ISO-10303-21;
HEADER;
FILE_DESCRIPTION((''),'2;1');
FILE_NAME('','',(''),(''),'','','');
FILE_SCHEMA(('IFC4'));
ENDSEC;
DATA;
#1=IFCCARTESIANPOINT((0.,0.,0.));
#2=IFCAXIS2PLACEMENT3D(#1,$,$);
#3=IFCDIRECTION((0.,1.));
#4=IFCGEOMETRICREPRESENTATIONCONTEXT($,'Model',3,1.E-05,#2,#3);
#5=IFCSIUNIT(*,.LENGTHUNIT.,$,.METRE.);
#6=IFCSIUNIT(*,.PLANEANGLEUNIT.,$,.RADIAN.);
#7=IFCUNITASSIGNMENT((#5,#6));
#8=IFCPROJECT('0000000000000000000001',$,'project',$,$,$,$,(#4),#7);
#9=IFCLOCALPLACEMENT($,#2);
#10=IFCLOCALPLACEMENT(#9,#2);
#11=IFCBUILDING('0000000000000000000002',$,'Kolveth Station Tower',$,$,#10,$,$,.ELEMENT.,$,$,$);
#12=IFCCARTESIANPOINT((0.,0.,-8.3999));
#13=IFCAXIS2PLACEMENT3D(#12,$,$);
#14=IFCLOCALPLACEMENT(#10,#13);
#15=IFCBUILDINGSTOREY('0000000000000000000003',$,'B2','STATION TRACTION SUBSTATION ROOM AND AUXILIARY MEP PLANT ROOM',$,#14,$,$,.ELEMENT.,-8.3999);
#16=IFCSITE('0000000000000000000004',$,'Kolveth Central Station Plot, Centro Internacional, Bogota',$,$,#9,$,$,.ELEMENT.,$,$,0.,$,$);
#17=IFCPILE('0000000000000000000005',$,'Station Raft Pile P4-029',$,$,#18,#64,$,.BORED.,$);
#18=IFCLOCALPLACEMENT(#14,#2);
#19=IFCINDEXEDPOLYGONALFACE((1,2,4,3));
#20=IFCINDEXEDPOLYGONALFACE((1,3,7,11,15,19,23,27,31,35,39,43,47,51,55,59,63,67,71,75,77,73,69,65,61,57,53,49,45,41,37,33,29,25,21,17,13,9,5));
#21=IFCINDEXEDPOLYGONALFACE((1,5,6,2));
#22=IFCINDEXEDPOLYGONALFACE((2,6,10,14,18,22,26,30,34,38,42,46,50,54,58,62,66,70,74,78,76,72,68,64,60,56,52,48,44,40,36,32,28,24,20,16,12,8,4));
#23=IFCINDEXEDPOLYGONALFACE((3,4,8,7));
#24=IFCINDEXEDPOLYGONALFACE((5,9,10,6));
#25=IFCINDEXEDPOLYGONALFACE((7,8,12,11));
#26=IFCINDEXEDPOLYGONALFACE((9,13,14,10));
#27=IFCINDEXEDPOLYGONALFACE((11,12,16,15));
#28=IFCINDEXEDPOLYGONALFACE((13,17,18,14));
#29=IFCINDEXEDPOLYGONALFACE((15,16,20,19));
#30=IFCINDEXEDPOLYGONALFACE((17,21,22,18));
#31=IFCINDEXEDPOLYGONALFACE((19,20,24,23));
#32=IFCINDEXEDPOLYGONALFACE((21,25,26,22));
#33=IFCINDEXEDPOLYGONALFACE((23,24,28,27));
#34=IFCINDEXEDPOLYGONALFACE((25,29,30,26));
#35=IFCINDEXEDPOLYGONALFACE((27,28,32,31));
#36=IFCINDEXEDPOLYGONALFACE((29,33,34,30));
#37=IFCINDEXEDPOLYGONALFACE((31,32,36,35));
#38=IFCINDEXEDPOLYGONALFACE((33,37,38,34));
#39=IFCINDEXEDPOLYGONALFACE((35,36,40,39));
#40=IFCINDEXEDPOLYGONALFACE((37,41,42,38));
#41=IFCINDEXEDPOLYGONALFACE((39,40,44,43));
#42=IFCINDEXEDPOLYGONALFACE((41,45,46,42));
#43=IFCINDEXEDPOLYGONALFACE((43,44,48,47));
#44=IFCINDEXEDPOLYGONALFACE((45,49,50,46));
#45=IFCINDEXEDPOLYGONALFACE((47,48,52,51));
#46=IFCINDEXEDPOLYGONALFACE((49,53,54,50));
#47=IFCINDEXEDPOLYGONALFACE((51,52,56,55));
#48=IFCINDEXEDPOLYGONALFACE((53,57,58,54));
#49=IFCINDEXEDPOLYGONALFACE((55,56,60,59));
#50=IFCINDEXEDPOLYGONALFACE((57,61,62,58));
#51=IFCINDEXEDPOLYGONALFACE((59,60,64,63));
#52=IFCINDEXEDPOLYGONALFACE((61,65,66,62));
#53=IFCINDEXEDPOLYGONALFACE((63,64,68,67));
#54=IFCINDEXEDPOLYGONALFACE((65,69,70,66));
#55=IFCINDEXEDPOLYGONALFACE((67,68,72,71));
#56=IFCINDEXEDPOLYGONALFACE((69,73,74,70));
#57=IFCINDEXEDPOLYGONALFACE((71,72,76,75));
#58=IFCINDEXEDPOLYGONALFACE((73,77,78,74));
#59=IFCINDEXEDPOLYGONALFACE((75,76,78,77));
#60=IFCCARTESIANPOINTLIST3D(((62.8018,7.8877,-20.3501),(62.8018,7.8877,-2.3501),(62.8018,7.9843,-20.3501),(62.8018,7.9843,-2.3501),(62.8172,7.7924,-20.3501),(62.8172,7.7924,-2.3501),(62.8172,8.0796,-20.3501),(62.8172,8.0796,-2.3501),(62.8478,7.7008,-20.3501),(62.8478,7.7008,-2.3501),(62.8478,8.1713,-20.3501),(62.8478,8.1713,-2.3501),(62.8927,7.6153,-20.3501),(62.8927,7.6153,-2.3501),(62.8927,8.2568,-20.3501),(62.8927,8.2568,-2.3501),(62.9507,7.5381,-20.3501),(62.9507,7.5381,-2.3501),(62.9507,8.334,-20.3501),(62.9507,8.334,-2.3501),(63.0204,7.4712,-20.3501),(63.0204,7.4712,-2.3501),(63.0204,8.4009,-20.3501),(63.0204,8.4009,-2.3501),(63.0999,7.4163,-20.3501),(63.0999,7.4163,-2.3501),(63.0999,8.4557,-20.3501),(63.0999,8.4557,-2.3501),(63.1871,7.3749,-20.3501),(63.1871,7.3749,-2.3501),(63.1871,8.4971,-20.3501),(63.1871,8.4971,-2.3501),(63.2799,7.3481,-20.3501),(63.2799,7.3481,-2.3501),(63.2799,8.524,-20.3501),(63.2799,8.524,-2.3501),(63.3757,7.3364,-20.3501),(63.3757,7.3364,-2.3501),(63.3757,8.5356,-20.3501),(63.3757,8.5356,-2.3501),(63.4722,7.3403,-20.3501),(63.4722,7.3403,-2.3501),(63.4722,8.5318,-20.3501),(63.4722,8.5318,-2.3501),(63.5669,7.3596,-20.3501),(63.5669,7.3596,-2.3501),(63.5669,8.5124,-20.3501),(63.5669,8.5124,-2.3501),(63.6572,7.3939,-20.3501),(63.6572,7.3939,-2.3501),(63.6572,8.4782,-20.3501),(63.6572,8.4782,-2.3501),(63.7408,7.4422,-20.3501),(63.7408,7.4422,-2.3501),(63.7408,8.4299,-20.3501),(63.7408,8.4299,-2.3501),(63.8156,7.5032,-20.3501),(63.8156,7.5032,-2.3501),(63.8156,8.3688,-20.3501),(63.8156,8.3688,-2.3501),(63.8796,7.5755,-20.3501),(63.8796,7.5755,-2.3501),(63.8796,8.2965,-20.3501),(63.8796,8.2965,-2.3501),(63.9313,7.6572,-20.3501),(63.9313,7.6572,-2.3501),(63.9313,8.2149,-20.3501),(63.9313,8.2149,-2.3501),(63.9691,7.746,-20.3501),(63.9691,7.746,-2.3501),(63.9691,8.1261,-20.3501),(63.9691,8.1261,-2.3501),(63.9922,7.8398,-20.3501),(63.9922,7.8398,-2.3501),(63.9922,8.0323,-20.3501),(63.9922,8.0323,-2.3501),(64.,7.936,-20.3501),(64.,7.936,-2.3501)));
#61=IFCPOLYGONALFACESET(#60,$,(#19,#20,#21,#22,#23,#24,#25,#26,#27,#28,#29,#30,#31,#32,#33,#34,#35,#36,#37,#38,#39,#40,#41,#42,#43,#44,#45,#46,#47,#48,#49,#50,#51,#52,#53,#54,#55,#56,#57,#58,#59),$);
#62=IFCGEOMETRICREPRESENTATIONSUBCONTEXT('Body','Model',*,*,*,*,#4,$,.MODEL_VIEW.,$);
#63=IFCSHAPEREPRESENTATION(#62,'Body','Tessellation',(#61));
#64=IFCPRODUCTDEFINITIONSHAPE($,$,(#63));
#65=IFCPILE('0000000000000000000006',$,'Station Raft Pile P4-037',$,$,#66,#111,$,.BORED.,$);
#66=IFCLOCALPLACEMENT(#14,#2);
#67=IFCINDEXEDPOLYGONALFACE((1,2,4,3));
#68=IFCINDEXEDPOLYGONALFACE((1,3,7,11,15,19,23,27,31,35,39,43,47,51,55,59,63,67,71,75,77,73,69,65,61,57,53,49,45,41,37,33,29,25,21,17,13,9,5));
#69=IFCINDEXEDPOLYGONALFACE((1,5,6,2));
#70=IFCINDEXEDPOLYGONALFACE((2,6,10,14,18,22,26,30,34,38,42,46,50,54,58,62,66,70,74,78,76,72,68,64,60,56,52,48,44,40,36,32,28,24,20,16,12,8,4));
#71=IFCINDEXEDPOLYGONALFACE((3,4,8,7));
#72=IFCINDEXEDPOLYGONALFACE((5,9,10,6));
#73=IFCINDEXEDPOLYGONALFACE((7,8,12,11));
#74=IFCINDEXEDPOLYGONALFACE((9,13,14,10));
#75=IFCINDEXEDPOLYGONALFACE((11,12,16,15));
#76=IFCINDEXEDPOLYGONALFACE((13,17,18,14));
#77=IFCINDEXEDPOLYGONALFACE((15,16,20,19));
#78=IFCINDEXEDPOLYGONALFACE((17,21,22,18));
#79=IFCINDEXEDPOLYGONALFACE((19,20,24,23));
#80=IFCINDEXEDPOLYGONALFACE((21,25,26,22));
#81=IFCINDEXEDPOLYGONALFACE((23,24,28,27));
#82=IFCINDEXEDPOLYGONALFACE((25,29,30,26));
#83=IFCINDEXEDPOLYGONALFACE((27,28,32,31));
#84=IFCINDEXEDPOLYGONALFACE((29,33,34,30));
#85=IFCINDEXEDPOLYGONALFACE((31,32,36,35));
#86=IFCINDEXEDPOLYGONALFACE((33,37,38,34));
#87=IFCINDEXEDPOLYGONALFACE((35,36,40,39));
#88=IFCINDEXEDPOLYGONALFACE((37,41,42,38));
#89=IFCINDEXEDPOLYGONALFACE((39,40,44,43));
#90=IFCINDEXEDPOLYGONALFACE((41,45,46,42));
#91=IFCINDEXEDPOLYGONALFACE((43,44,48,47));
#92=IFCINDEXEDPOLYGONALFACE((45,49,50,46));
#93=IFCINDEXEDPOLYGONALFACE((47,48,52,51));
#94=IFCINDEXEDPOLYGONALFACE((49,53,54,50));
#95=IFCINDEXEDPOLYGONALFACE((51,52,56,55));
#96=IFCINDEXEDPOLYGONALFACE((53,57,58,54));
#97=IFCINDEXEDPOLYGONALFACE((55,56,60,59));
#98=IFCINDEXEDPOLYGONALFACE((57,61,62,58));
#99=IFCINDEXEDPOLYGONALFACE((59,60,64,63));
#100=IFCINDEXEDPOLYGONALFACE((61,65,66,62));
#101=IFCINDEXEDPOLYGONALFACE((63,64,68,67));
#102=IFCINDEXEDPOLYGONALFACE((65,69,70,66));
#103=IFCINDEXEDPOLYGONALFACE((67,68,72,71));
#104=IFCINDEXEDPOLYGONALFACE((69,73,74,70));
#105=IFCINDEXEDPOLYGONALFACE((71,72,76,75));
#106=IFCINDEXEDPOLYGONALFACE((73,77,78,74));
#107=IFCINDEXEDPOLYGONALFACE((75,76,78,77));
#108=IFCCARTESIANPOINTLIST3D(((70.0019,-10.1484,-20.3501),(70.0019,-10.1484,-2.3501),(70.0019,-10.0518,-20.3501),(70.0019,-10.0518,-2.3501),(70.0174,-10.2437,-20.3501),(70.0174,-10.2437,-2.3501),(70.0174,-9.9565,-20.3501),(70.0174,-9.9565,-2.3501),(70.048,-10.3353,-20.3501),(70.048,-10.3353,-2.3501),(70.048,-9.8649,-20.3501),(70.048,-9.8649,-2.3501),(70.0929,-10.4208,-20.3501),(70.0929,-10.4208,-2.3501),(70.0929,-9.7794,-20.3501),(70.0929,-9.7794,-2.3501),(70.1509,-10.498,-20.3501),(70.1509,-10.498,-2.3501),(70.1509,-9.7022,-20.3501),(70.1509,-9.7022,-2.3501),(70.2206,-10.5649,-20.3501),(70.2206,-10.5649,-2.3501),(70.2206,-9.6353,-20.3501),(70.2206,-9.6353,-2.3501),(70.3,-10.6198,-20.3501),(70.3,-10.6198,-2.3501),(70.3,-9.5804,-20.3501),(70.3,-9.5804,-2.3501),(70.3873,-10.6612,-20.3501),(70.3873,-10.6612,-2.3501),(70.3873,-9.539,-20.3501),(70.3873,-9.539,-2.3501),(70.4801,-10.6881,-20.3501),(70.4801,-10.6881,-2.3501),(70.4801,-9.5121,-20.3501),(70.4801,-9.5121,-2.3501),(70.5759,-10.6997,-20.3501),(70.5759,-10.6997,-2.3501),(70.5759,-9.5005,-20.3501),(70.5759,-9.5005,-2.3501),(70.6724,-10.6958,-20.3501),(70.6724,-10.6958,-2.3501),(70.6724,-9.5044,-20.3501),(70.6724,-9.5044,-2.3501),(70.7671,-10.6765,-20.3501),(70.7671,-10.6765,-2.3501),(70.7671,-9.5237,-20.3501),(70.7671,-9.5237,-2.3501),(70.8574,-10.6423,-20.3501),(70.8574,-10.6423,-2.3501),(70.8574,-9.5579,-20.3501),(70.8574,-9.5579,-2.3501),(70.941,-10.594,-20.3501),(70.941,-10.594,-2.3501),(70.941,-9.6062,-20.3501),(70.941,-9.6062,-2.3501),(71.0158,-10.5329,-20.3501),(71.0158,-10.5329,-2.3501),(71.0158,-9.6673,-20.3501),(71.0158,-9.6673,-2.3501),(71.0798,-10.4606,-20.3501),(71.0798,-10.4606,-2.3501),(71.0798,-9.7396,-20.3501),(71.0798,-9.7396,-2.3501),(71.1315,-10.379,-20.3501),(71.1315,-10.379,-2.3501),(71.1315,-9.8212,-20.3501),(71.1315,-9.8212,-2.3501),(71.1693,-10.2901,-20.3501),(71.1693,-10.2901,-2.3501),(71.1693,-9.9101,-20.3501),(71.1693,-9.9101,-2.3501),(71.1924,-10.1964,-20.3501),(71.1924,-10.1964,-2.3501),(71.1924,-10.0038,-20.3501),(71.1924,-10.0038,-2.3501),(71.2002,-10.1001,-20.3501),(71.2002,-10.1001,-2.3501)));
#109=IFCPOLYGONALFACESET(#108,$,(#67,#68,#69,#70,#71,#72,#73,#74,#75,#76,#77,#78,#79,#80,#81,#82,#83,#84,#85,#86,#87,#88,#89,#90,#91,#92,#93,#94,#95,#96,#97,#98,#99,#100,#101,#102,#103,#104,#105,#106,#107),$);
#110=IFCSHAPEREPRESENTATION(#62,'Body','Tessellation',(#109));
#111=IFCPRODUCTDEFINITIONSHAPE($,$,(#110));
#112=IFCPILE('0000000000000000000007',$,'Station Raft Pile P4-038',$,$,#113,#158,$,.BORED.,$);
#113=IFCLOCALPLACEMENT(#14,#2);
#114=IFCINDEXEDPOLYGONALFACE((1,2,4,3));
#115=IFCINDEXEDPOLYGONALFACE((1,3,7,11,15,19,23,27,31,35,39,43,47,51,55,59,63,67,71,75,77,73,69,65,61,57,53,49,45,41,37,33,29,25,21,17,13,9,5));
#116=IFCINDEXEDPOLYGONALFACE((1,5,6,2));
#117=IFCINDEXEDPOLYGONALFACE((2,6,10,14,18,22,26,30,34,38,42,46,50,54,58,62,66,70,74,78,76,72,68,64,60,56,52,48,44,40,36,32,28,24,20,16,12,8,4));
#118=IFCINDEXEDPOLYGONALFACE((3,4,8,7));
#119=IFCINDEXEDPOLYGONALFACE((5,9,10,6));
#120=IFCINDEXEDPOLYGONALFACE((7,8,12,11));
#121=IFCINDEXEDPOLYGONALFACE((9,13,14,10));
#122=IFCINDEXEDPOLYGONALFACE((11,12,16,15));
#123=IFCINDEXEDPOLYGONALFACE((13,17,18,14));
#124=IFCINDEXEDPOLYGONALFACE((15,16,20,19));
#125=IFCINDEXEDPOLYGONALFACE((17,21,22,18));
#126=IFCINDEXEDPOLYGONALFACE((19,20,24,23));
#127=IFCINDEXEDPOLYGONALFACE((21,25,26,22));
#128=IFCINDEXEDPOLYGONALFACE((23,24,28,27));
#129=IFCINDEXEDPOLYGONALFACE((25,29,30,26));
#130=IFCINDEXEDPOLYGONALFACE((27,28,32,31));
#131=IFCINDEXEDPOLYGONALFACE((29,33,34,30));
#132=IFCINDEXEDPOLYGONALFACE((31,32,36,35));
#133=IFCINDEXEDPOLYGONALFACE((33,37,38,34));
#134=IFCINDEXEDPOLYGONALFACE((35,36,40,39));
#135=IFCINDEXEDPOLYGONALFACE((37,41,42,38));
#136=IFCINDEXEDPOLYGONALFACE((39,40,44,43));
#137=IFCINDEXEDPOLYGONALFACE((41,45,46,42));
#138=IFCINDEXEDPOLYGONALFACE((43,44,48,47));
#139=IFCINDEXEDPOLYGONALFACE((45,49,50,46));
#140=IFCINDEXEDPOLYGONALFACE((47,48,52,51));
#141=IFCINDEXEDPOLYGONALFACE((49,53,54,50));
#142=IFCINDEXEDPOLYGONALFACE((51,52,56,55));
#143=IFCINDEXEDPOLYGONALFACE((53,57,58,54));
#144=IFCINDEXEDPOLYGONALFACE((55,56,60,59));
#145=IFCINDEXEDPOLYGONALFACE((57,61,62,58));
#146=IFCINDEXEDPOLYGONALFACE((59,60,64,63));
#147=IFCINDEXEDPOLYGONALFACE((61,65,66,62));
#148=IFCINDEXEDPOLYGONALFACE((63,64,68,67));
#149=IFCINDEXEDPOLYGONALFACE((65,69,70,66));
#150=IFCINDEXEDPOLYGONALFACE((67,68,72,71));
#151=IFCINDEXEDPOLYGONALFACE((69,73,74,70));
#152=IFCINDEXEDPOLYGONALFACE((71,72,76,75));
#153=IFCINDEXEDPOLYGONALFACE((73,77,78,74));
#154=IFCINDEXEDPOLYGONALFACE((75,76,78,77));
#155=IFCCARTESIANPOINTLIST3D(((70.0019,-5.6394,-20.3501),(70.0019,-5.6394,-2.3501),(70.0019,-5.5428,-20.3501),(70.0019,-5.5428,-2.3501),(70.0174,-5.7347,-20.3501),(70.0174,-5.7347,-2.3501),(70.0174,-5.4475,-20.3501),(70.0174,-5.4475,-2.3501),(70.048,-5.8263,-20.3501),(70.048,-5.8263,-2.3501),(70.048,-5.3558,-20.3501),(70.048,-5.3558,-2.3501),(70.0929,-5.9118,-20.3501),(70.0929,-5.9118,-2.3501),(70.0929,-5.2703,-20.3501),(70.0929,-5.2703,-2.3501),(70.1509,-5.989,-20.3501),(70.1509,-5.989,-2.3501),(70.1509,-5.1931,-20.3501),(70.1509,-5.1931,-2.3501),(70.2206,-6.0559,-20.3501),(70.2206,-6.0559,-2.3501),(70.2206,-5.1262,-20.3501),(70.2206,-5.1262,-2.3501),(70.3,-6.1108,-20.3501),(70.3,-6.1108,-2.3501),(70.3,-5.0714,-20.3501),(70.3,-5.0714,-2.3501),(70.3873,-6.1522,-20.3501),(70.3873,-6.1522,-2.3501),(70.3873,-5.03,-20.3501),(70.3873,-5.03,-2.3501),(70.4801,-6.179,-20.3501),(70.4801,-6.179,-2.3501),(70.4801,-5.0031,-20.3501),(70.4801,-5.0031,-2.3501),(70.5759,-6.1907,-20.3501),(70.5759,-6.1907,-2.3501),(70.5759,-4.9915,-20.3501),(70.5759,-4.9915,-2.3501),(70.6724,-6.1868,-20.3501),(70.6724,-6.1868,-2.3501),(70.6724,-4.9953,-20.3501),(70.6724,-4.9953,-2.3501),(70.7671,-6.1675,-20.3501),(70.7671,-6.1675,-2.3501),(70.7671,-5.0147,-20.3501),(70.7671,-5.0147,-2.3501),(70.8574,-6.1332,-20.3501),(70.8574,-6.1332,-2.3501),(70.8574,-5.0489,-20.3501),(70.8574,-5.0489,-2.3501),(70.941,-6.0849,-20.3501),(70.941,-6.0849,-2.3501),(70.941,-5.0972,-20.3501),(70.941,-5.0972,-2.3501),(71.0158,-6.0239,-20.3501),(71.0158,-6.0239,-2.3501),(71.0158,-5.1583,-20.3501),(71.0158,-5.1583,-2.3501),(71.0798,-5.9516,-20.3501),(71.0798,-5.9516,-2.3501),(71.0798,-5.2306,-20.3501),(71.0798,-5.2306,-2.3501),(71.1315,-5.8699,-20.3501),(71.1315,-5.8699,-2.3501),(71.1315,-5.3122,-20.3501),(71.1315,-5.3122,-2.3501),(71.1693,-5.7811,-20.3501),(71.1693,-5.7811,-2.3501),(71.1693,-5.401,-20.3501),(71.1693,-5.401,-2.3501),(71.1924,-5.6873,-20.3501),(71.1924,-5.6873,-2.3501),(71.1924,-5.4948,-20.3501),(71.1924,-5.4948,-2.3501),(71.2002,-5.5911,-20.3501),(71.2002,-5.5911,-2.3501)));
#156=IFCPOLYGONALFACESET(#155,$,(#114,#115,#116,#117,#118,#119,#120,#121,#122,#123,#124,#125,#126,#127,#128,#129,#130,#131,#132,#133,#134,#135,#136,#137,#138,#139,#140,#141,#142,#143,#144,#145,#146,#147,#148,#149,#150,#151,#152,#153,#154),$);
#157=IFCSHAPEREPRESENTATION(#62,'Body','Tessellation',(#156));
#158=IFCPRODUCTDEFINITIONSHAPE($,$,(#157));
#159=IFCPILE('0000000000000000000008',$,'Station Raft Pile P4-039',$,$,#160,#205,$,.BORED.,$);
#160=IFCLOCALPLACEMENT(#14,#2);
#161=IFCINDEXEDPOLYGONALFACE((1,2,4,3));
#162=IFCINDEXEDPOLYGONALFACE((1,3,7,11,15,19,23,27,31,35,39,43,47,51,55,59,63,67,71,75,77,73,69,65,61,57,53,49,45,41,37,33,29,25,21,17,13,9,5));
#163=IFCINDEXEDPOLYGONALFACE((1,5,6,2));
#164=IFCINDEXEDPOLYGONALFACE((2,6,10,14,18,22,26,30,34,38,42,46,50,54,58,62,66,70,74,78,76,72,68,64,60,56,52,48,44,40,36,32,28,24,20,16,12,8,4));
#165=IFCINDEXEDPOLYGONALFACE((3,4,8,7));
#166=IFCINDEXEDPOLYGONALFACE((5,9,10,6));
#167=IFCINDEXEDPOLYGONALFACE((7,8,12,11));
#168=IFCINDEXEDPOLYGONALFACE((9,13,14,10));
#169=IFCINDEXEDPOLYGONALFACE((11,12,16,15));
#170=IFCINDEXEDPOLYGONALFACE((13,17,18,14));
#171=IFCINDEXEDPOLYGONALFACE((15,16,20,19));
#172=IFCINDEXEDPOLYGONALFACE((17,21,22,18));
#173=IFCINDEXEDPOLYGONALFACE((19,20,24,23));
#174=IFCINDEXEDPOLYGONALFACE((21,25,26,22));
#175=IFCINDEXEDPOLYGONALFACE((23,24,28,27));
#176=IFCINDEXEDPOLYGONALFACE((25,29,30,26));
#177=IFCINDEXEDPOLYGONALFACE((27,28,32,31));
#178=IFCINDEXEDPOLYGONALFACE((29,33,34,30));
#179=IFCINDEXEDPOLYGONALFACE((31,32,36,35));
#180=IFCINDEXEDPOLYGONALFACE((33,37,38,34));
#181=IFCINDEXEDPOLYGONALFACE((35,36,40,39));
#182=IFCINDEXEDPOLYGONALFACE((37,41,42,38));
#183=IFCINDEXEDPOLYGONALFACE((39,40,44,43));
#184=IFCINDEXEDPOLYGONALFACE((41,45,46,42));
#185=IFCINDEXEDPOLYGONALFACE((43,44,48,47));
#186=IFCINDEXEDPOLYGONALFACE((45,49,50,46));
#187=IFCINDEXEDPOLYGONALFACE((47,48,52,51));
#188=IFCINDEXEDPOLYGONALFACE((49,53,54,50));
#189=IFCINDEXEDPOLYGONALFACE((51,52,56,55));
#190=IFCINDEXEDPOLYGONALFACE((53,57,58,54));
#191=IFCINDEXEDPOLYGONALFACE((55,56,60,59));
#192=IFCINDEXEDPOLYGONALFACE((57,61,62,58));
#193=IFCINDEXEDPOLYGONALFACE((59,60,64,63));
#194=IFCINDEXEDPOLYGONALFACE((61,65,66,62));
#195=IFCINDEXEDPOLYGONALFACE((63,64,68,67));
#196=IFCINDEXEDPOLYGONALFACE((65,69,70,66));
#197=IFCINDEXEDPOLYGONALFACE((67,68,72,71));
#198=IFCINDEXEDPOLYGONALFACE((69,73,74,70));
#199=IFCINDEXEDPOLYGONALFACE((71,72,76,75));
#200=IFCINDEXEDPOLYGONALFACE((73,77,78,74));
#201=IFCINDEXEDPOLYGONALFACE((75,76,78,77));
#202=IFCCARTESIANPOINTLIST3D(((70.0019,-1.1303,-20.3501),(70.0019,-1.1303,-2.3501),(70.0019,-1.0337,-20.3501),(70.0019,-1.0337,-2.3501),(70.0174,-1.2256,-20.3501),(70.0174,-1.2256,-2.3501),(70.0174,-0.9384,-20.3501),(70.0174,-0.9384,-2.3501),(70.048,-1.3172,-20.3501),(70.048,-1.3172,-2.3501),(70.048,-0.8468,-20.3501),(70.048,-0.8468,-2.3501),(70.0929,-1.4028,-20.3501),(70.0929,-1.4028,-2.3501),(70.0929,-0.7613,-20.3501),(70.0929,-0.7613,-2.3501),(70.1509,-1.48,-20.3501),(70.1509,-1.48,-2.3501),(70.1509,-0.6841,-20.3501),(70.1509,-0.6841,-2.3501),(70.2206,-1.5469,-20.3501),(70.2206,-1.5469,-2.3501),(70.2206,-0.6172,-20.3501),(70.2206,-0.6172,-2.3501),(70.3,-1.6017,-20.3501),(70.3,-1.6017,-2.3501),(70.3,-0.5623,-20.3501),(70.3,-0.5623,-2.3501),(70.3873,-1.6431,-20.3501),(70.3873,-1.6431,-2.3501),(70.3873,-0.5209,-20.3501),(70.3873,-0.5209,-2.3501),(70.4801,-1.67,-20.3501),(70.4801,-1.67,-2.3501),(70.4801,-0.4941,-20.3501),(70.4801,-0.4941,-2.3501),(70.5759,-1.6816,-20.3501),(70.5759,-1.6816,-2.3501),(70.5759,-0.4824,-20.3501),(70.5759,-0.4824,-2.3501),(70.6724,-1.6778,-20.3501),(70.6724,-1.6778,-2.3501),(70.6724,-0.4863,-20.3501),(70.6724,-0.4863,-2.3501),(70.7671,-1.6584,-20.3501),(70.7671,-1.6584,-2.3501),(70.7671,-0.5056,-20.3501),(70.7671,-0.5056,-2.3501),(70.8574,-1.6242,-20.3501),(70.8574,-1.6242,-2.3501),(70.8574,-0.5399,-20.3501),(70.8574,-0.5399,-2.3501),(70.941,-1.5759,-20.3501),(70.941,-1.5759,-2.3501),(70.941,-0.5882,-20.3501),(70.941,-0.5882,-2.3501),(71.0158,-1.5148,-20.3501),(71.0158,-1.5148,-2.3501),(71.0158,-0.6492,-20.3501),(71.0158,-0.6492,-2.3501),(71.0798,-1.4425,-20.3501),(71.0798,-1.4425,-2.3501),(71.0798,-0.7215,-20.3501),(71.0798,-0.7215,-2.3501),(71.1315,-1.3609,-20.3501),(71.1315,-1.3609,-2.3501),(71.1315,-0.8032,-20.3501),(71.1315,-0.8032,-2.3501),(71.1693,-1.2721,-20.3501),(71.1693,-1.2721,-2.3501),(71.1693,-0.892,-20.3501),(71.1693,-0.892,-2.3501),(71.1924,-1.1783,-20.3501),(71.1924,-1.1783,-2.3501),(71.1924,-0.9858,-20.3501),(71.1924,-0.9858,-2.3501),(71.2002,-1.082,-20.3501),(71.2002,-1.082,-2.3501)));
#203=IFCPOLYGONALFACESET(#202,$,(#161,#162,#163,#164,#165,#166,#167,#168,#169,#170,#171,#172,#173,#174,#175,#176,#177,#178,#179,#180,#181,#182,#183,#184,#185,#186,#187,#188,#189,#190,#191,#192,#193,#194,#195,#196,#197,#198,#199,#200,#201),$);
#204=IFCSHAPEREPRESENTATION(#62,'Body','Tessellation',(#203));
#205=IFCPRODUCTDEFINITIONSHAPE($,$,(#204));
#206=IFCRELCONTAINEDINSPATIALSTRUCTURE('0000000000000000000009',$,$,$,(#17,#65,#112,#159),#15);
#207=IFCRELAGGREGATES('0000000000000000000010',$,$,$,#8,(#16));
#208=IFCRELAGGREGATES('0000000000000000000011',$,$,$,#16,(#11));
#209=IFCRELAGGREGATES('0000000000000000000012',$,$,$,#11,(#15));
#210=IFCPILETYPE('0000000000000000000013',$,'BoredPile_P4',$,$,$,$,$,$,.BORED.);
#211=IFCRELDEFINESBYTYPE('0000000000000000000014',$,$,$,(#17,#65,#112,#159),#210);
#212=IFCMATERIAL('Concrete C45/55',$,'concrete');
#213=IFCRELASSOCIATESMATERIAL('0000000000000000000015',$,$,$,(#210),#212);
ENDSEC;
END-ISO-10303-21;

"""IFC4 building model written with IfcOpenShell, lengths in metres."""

from ifc_helpers import new_model, si_unit, direction, frame, origin, origin_2d, place, context, subcontext, project, spatial, circle, extrude, source, transform, mapped, material, material_profile, profile_set, type_object, element, save


model = new_model("IFC4")

# Units and contexts
model_context = context("Model", 3, precision=1e-05, world=origin(), true_north=direction((0.0, 1.0)))
body_context = subcontext(model_context, "Body", "Model", "MODEL_VIEW")
ifc_project = project(units=[si_unit("LENGTHUNIT", "METRE"), si_unit("PLANEANGLEUNIT", "RADIAN")], contexts=[model_context])

# Site, building, storey
site_placement = place(None, origin())
site = spatial("IfcSite", under=ifc_project, at=site_placement, Name="Kolveth Central Station Plot, Centro Internacional, Bogota", CompositionType="ELEMENT", RefElevation=0.0)
building_placement = place(site_placement, origin())
building = spatial("IfcBuilding", under=site, at=building_placement, Name="Kolveth Station Tower", CompositionType="ELEMENT")
storey_placement = place(building_placement, frame((0.0, 0.0, -8.3999)))
storey = spatial("IfcBuildingStorey", under=building, at=storey_placement, Name="B2", Description="STATION TRACTION SUBSTATION ROOM AND AUXILIARY MEP PLANT ROOM", CompositionType="ELEMENT", Elevation=-8.3999)

# Piles
ifc_material_1 = material(Name="Concrete C45/55", Category="concrete")
ifc_material_profile_1 = material_profile(ifc_material_1, circle(Radius=0.6001, at=origin_2d()), Name="PILE-D1200")
ifc_profile_set_1 = profile_set([ifc_material_profile_1], Name="Concrete C45/55")
pile_type = type_object("IfcPileType", Name="BoredPile_P4", PredefinedType="BORED", material=ifc_profile_set_1)
shared_shape_1 = source(origin(), body_context, "Body", "SweptSolid", [
    extrude(circle(Radius=0.6001, at=origin_2d()), origin(), (0.0, 0.0, 1.0), 18.0),
])
for number, where, z_axis, x_axis, name in (
    (1, (63.3999, 7.936, -2.3501), (0.0, 0.0, -1.0), (1.0, 0.0, 0.0), "Station Raft Pile P4-029"),
    (2, (70.6001, -10.1001, -2.3501), (0.0, 0.0, -1.0), (1.0, 0.0, 0.0), "Station Raft Pile P4-037"),
    (3, (70.6001, -5.5911, -2.3501), (0.0, 0.0, -1.0), (1.0, 0.0, 0.0), "Station Raft Pile P4-038"),
    (4, (70.6001, -1.082, -2.3501), (0.0, 0.0, -1.0), (1.0, 0.0, 0.0), "Station Raft Pile P4-039"),
):
    element("IfcPile", number, at=place(storey_placement, frame(where, z_axis=z_axis, x_axis=x_axis)), inside=storey, type_object=pile_type, Name=name, PredefinedType="BORED", context=body_context, shape_type="MappedRepresentation", body=[
        mapped(shared_shape_1, transform((0.0, 0.0, 0.0), x_axis=(1.0, 0.0, 0.0), y_axis=(0.0, 1.0, 0.0), z_axis=(0.0, 0.0, 1.0), scale=1.0)),
    ])

save(model, "model.ifc")
